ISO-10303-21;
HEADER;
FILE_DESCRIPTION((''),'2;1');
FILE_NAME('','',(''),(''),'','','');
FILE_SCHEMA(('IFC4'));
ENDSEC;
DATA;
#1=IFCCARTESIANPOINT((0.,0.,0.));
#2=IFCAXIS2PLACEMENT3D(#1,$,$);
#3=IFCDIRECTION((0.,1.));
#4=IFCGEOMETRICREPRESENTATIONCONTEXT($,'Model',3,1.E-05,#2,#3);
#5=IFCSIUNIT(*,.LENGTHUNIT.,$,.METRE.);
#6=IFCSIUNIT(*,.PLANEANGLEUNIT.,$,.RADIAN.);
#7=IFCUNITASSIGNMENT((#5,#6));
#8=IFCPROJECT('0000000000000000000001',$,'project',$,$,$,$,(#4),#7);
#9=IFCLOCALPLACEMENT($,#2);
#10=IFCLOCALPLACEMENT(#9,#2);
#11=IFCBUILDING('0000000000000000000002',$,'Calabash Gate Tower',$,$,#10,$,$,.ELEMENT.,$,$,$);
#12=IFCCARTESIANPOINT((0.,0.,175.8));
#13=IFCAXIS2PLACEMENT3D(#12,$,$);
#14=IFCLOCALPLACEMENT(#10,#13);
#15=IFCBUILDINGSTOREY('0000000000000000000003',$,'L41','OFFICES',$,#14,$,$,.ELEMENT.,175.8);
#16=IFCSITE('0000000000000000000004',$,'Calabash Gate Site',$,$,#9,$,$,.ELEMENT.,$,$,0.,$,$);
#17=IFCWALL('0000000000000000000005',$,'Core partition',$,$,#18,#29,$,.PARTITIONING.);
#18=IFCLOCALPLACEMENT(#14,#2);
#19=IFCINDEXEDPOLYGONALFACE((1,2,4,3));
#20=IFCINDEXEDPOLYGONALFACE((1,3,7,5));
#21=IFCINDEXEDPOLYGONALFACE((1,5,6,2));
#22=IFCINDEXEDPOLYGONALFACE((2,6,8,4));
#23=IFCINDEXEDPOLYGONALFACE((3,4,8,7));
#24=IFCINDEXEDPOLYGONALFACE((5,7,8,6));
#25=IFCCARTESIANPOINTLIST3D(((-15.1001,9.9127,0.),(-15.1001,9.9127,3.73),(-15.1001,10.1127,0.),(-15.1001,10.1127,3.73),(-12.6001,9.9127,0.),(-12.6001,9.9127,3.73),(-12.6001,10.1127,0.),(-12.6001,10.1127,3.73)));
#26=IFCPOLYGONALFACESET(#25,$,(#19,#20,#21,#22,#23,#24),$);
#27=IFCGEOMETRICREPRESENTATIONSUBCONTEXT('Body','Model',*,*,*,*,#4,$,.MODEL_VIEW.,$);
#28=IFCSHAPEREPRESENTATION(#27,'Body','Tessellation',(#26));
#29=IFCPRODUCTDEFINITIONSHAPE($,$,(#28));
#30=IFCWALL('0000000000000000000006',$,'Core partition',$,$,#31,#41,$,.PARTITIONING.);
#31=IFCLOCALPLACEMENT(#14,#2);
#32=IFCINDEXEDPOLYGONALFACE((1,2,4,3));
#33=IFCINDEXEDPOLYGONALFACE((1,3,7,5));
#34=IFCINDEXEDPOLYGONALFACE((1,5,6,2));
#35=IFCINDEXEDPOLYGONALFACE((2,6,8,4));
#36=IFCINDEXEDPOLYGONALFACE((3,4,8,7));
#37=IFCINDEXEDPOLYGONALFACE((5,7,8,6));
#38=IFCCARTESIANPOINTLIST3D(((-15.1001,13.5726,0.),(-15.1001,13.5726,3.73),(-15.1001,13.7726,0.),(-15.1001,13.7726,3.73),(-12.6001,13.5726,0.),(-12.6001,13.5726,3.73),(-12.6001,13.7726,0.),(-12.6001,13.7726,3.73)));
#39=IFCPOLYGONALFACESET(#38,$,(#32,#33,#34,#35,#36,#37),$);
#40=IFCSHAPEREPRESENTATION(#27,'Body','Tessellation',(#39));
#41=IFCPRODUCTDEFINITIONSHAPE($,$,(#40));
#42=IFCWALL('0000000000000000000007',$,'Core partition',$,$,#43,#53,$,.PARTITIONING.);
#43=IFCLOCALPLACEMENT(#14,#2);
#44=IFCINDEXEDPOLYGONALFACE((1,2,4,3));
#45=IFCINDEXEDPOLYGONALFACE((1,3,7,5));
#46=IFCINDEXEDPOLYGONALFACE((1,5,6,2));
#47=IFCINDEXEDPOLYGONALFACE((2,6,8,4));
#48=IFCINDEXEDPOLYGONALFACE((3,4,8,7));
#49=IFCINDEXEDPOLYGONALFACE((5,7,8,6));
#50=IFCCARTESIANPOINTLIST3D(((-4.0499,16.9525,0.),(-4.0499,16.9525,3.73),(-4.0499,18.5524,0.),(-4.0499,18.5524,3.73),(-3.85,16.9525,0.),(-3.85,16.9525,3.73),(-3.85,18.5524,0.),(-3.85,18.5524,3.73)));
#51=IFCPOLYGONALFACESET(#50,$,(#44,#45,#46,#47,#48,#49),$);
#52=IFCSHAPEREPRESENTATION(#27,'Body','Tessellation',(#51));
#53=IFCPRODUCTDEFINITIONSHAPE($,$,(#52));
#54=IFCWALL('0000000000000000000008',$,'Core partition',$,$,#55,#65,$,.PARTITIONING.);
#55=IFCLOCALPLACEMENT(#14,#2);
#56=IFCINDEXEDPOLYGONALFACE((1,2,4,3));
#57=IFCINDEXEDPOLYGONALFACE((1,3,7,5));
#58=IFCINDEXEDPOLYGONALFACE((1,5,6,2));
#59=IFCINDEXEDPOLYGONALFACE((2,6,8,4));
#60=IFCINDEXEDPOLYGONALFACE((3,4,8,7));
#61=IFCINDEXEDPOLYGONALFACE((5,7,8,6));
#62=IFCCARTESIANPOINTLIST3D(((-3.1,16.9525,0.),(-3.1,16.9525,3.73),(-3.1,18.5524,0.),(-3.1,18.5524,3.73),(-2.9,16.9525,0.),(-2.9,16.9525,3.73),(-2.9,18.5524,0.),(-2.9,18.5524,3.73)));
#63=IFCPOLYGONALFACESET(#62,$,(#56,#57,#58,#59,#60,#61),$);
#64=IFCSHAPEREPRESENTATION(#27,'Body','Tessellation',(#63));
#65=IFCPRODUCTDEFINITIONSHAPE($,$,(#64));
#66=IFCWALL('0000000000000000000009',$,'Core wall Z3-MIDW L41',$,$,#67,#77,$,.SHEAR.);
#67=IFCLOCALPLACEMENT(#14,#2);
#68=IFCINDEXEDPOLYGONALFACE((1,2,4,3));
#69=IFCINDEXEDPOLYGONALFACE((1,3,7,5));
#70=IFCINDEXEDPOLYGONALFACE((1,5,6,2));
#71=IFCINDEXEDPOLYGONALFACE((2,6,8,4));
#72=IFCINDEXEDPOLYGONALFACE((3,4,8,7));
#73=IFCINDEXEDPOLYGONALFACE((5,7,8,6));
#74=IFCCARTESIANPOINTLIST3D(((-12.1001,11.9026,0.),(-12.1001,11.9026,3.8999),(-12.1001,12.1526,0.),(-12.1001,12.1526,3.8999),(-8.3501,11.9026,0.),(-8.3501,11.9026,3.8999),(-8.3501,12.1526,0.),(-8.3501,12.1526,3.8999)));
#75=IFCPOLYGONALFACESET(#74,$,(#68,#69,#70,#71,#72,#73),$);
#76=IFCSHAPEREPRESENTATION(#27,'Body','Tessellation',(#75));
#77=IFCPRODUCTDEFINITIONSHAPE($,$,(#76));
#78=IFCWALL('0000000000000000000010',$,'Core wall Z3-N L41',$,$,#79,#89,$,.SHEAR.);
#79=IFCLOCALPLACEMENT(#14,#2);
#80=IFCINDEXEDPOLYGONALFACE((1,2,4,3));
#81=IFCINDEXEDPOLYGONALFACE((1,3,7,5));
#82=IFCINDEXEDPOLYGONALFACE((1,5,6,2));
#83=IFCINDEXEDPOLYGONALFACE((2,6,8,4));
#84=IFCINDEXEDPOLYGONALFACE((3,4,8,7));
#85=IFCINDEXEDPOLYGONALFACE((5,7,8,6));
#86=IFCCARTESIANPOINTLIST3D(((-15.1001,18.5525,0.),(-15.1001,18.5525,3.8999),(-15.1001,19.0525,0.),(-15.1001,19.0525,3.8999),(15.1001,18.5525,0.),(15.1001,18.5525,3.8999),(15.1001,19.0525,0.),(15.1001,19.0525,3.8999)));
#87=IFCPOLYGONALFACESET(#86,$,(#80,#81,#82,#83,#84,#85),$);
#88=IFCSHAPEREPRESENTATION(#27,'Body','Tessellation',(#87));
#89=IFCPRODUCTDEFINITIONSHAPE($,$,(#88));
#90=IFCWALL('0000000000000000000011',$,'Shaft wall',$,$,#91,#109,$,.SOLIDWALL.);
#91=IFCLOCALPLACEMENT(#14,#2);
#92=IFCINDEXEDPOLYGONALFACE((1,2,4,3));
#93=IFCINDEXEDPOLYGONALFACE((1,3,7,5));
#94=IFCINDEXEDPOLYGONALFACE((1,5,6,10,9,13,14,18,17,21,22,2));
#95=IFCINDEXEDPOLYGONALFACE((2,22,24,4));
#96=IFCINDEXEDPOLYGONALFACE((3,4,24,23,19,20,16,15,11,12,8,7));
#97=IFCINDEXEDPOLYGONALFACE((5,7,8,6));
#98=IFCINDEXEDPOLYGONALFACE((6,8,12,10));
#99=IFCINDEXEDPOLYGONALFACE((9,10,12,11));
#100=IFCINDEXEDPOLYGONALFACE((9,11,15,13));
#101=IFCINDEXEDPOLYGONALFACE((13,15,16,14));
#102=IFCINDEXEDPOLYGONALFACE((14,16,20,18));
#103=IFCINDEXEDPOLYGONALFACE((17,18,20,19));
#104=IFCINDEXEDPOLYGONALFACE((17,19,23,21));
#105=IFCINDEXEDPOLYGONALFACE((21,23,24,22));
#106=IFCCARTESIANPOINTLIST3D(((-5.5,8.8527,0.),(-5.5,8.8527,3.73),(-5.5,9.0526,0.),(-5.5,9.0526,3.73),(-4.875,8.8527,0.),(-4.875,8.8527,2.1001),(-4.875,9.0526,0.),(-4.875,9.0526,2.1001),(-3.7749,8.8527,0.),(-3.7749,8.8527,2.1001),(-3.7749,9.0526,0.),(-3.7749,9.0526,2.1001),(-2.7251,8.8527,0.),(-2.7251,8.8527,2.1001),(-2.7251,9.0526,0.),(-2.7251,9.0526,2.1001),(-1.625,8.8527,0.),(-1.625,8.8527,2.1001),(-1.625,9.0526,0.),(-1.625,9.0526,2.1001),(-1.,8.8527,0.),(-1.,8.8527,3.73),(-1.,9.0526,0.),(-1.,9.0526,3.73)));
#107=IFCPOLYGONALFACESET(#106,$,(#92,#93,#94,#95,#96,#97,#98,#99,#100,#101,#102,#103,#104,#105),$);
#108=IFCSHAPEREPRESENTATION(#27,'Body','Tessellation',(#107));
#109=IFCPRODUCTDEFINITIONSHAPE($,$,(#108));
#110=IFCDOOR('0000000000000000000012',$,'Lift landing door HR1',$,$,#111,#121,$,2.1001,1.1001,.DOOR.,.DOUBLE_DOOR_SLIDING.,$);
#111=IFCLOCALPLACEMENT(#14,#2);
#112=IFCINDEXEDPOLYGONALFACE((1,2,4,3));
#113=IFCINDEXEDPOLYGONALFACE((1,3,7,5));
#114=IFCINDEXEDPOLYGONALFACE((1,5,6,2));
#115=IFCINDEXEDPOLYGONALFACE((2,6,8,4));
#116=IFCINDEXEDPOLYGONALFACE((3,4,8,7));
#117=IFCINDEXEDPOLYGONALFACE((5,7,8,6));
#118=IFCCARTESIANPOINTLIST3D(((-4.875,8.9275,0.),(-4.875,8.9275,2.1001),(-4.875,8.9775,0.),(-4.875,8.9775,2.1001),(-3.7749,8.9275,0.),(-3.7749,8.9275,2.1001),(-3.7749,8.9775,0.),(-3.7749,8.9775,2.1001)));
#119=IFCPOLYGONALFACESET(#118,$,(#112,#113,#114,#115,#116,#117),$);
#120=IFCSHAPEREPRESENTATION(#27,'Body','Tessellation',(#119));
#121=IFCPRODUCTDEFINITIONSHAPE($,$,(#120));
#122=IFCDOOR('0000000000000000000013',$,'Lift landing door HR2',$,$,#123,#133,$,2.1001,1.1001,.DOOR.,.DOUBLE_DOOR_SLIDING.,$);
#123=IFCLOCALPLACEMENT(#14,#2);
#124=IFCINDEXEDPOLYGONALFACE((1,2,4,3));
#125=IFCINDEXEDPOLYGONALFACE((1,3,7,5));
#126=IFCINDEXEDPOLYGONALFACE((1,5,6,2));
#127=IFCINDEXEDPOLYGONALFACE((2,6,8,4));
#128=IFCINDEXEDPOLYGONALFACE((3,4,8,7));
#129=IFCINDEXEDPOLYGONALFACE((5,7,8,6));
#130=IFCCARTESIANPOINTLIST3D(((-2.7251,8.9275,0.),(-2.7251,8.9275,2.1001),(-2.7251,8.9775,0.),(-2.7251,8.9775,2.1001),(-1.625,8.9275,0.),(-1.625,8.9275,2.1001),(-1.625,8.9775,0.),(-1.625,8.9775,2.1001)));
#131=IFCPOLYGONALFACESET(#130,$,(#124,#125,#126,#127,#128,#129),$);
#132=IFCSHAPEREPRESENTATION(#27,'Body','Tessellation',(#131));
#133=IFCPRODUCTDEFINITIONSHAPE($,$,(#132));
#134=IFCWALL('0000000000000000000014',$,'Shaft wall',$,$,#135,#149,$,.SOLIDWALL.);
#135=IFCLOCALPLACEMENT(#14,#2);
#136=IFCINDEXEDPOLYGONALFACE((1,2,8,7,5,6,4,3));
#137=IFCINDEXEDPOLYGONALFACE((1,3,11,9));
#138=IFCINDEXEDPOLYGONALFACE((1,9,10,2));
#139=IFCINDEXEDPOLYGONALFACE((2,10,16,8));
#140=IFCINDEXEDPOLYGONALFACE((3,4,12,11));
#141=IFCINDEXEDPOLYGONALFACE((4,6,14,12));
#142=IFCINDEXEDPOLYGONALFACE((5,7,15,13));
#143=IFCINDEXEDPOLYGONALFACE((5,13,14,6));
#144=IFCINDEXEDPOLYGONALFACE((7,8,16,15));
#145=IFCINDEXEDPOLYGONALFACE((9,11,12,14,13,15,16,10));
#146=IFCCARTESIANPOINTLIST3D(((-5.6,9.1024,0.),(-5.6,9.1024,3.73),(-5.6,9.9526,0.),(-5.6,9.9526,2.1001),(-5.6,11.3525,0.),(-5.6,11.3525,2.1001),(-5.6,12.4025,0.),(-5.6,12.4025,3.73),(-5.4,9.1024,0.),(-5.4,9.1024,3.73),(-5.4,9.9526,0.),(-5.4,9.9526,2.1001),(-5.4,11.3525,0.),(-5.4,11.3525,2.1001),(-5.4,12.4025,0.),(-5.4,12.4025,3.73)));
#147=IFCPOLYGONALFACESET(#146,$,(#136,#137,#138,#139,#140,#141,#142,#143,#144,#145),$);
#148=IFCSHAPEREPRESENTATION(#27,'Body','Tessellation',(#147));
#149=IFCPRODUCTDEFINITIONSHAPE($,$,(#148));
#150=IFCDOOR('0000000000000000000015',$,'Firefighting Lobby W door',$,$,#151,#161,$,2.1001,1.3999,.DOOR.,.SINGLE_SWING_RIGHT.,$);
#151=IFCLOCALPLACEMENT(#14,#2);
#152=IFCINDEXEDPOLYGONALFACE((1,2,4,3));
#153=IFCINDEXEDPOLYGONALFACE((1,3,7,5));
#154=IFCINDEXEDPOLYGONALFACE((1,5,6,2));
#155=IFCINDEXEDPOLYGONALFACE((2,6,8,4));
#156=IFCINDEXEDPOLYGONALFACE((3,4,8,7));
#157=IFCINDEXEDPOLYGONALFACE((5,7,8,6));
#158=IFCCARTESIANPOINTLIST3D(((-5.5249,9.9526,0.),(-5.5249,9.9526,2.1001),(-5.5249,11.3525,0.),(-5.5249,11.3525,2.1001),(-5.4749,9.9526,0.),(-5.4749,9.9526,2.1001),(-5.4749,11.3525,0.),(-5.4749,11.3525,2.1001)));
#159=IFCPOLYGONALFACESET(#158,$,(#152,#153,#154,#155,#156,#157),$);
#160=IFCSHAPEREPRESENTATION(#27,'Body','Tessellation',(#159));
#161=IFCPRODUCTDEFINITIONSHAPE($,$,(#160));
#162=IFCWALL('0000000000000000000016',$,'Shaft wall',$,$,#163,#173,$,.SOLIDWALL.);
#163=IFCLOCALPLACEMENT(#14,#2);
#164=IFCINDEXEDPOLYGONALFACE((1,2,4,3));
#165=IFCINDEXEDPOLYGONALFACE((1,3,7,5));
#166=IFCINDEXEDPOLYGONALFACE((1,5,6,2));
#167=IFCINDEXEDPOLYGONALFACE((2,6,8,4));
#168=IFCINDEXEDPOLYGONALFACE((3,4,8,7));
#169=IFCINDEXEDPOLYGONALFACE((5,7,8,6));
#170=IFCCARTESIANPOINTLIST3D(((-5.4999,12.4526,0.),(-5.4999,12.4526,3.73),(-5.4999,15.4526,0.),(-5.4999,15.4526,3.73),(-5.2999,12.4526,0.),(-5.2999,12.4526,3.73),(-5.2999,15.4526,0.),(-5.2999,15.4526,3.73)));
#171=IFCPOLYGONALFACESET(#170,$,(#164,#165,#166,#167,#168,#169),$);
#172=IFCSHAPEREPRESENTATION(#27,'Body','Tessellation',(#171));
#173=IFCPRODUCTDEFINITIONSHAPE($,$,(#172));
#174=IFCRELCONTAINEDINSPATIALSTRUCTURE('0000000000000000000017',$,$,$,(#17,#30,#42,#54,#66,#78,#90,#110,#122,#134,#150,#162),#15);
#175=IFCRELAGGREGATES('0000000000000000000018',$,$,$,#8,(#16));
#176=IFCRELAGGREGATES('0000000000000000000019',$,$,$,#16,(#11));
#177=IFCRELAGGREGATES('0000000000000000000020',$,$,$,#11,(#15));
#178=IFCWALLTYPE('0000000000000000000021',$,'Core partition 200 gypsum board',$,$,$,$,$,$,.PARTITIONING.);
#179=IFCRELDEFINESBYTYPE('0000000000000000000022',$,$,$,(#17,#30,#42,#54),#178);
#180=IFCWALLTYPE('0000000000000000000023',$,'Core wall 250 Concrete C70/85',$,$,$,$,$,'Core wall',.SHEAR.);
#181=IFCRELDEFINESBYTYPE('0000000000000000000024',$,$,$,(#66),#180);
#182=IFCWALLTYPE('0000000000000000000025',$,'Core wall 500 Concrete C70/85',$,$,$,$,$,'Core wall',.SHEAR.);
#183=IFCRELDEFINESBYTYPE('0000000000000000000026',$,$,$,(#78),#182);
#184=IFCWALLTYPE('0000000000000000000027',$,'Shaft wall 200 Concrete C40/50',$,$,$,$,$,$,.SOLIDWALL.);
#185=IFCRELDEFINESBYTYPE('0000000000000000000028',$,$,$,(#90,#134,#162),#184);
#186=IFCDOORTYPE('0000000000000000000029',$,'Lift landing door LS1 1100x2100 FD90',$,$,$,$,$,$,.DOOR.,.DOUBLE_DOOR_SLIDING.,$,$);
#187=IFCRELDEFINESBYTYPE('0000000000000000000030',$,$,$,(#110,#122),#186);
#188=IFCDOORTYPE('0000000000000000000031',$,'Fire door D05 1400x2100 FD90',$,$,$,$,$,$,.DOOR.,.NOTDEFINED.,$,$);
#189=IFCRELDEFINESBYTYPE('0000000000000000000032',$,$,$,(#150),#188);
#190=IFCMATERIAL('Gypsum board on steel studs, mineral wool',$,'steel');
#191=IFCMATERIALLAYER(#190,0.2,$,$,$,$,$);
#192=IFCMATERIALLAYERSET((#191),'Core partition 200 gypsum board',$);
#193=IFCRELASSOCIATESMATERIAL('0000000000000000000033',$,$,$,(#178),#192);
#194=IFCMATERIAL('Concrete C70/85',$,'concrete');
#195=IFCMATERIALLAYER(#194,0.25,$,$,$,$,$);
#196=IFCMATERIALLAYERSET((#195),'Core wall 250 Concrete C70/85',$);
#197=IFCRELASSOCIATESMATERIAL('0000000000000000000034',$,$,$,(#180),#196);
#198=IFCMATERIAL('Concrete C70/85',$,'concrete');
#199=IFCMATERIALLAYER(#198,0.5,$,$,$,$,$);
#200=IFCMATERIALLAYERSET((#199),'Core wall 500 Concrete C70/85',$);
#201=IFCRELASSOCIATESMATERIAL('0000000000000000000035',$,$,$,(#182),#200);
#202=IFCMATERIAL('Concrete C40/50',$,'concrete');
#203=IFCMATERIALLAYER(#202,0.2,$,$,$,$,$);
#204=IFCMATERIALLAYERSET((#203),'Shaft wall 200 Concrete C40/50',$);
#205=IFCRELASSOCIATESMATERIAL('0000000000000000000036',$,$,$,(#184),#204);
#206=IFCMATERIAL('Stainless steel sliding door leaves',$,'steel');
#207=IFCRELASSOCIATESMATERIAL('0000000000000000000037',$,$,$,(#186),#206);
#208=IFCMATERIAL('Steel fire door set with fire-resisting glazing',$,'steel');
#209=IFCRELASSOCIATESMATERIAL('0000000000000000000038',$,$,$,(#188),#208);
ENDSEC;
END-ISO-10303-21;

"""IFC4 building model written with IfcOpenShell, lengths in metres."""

from ifc_helpers import new_model, si_unit, direction, frame, frame_2d, origin, place, context, subcontext, project, spatial, rectangle, extrude, material, layer, layer_set, type_object, element, fill, save


model = new_model("IFC4")

# Units and contexts
model_context = context("Model", 3, precision=1e-05, world=origin(), true_north=direction((0.0, 1.0)))
body_context = subcontext(model_context, "Body", "Model", "MODEL_VIEW")
ifc_project = project(units=[si_unit("LENGTHUNIT", "METRE"), si_unit("PLANEANGLEUNIT", "RADIAN")], contexts=[model_context])

# Site, building, storey
site_placement = place(None, origin())
site = spatial("IfcSite", under=ifc_project, at=site_placement, Name="Calabash Gate Site", CompositionType="ELEMENT", RefElevation=0.0)
building_placement = place(site_placement, origin())
building = spatial("IfcBuilding", under=site, at=building_placement, Name="Calabash Gate Tower", CompositionType="ELEMENT")
storey_placement = place(building_placement, frame((0.0, 0.0, 175.8)))
storey = spatial("IfcBuildingStorey", under=building, at=storey_placement, Name="L41", Description="OFFICES", CompositionType="ELEMENT", Elevation=175.8)

# Walls
ifc_material_1 = material(Name="Gypsum board on steel studs, mineral wool", Category="steel")
ifc_layer_1 = layer(ifc_material_1, 0.2)
ifc_layer_set_1 = layer_set([ifc_layer_1], Name="Core partition 200 gypsum board")
wall_type_1 = type_object("IfcWallType", Name="Core partition 200 gypsum board", PredefinedType="PARTITIONING", material=ifc_layer_set_1)
for number, where, z_axis, x_axis, name in (
    (1, (-15.1001, 10.0127, 0.0), (0.0, 0.0, 1.0), (1.0, 0.0, 0.0), "Core partition"),
    (2, (-15.1001, 13.6726, 0.0), (0.0, 0.0, 1.0), (1.0, 0.0, 0.0), "Core partition"),
):
    element("IfcWall", number, at=place(storey_placement, frame(where, z_axis=z_axis, x_axis=x_axis)), inside=storey, type_object=wall_type_1, Name=name, PredefinedType="PARTITIONING", context=body_context, shape_type="SweptSolid", body=[
        extrude(rectangle(XDim=2.5, YDim=0.2, at=frame_2d((1.25, 0.0))), origin(), (0.0, 0.0, 1.0), 3.73),
    ])
for number, where, z_axis, x_axis, name in (
    (3, (-3.95, 16.9526, 0.0), (0.0, 0.0, 1.0), (0.0, 1.0, 0.0), "Core partition"),
    (4, (-3.0, 16.9526, 0.0), (0.0, 0.0, 1.0), (0.0, 1.0, 0.0), "Core partition"),
):
    element("IfcWall", number, at=place(storey_placement, frame(where, z_axis=z_axis, x_axis=x_axis)), inside=storey, type_object=wall_type_1, Name=name, PredefinedType="PARTITIONING", context=body_context, shape_type="SweptSolid", body=[
        extrude(rectangle(XDim=1.5999, YDim=0.2, at=frame_2d((0.7998, 0.0))), origin(), (0.0, 0.0, 1.0), 3.73),
    ])
ifc_material_2 = material(Name="Concrete C70/85", Category="concrete")
ifc_layer_2 = layer(ifc_material_2, 0.25)
ifc_layer_set_2 = layer_set([ifc_layer_2], Name="Core wall 250 Concrete C70/85")
wall_type_2 = type_object("IfcWallType", Name="Core wall 250 Concrete C70/85", ElementType="Core wall", PredefinedType="SHEAR", material=ifc_layer_set_2)
wall_1_placement = place(storey_placement, frame((-12.1001, 12.0276, 0.0), z_axis=(0.0, 0.0, 1.0), x_axis=(1.0, 0.0, 0.0)))
element("IfcWall", 5, at=wall_1_placement, inside=storey, type_object=wall_type_2, Name="Core wall Z3-MIDW L41", PredefinedType="SHEAR", context=body_context, shape_type="SweptSolid", body=[
    extrude(rectangle(XDim=3.75, YDim=0.25, at=frame_2d((1.875, 0.0))), origin(), (0.0, 0.0, 1.0), 3.8999),
])
ifc_material_3 = material(Name="Concrete C70/85", Category="concrete")
ifc_layer_3 = layer(ifc_material_3, 0.5)
ifc_layer_set_3 = layer_set([ifc_layer_3], Name="Core wall 500 Concrete C70/85")
wall_type_3 = type_object("IfcWallType", Name="Core wall 500 Concrete C70/85", ElementType="Core wall", PredefinedType="SHEAR", material=ifc_layer_set_3)
wall_2_placement = place(storey_placement, frame((-15.1001, 18.8025, 0.0), z_axis=(0.0, 0.0, 1.0), x_axis=(1.0, 0.0, 0.0)))
element("IfcWall", 6, at=wall_2_placement, inside=storey, type_object=wall_type_3, Name="Core wall Z3-N L41", PredefinedType="SHEAR", context=body_context, shape_type="SweptSolid", body=[
    extrude(rectangle(XDim=30.2002, YDim=0.5, at=frame_2d((15.1001, 0.0))), origin(), (0.0, 0.0, 1.0), 3.8999),
])

# Wall, openings, doors
ifc_material_4 = material(Name="Concrete C40/50", Category="concrete")
ifc_layer_4 = layer(ifc_material_4, 0.2)
ifc_layer_set_4 = layer_set([ifc_layer_4], Name="Shaft wall 200 Concrete C40/50")
wall_type_4 = type_object("IfcWallType", Name="Shaft wall 200 Concrete C40/50", PredefinedType="SOLIDWALL", material=ifc_layer_set_4)
wall_3_placement = place(storey_placement, frame((-5.5, 8.9526, 0.0), z_axis=(0.0, 0.0, 1.0), x_axis=(1.0, 0.0, 0.0)))
wall_3 = element("IfcWall", 7, at=wall_3_placement, inside=storey, type_object=wall_type_4, Name="Shaft wall", PredefinedType="SOLIDWALL", context=body_context, shape_type="SweptSolid", body=[
    extrude(rectangle(XDim=4.5, YDim=0.2, at=frame_2d((2.25, 0.0))), origin(), (0.0, 0.0, 1.0), 3.73),
])
opening_1_placement = place(wall_3_placement, frame((0.625, 0.0, 0.0)))
opening_1 = element("IfcOpeningElement", 8, at=opening_1_placement, cuts=wall_3, PredefinedType="OPENING", context=body_context, shape_type="SweptSolid", body=[
    extrude(rectangle(XDim=1.1001, YDim=2.1001, at=frame_2d((0.55, 1.05))), frame((0.0, 0.1099, 0.0), z_axis=(0.0, -1.0, 0.0), x_axis=(1.0, 0.0, 0.0)), (0.0, 0.0, 1.0), 0.22),
])
opening_2_placement = place(wall_3_placement, frame((2.7749, 0.0, 0.0)))
opening_2 = element("IfcOpeningElement", 9, at=opening_2_placement, cuts=wall_3, PredefinedType="OPENING", context=body_context, shape_type="SweptSolid", body=[
    extrude(rectangle(XDim=1.1001, YDim=2.1001, at=frame_2d((0.55, 1.05))), frame((0.0, 0.1099, 0.0), z_axis=(0.0, -1.0, 0.0), x_axis=(1.0, 0.0, 0.0)), (0.0, 0.0, 1.0), 0.22),
])
ifc_material_5 = material(Name="Stainless steel sliding door leaves", Category="steel")
door_type_1 = type_object("IfcDoorType", Name="Lift landing door LS1 1100x2100 FD90", OperationType="DOUBLE_DOOR_SLIDING", PredefinedType="DOOR", material=ifc_material_5)
door_1_placement = place(opening_1_placement, origin())
door_1 = element("IfcDoor", 10, at=door_1_placement, inside=storey, type_object=door_type_1, Name="Lift landing door HR1", OperationType="DOUBLE_DOOR_SLIDING", OverallHeight=2.1001, OverallWidth=1.1001, PredefinedType="DOOR", context=body_context, shape_type="SweptSolid", body=[
    extrude(rectangle(XDim=1.1001, YDim=2.1001, at=frame_2d((0.55, 1.05))), frame((0.0, 0.0249, 0.0), z_axis=(0.0, -1.0, 0.0), x_axis=(1.0, 0.0, 0.0)), (0.0, 0.0, 1.0), 0.05),
])
fill(opening_1, door_1)
door_2_placement = place(opening_2_placement, origin())
door_2 = element("IfcDoor", 11, at=door_2_placement, inside=storey, type_object=door_type_1, Name="Lift landing door HR2", OperationType="DOUBLE_DOOR_SLIDING", OverallHeight=2.1001, OverallWidth=1.1001, PredefinedType="DOOR", context=body_context, shape_type="SweptSolid", body=[
    extrude(rectangle(XDim=1.1001, YDim=2.1001, at=frame_2d((0.55, 1.05))), frame((0.0, 0.0249, 0.0), z_axis=(0.0, -1.0, 0.0), x_axis=(1.0, 0.0, 0.0)), (0.0, 0.0, 1.0), 0.05),
])
fill(opening_2, door_2)

# Wall, opening, door
wall_4_placement = place(storey_placement, frame((-5.5, 9.1025, 0.0), z_axis=(0.0, 0.0, 1.0), x_axis=(0.0, 1.0, 0.0)))
wall_4 = element("IfcWall", 12, at=wall_4_placement, inside=storey, type_object=wall_type_4, Name="Shaft wall", PredefinedType="SOLIDWALL", context=body_context, shape_type="SweptSolid", body=[
    extrude(rectangle(XDim=3.3, YDim=0.2, at=frame_2d((1.6499, 0.0))), origin(), (0.0, 0.0, 1.0), 3.73),
])
opening_3_placement = place(wall_4_placement, frame((0.8501, 0.0, 0.0)))
opening_3 = element("IfcOpeningElement", 13, at=opening_3_placement, cuts=wall_4, PredefinedType="OPENING", context=body_context, shape_type="SweptSolid", body=[
    extrude(rectangle(XDim=1.3999, YDim=2.1001, at=frame_2d((0.7, 1.05))), frame((0.0, 0.1099, 0.0), z_axis=(0.0, -1.0, 0.0), x_axis=(1.0, 0.0, 0.0)), (0.0, 0.0, 1.0), 0.22),
])
ifc_material_6 = material(Name="Steel fire door set with fire-resisting glazing", Category="steel")
door_type_2 = type_object("IfcDoorType", Name="Fire door D05 1400x2100 FD90", OperationType="NOTDEFINED", PredefinedType="DOOR", material=ifc_material_6)
door_3_placement = place(opening_3_placement, origin())
door_3 = element("IfcDoor", 14, at=door_3_placement, inside=storey, type_object=door_type_2, Name="Firefighting Lobby W door", OperationType="SINGLE_SWING_RIGHT", OverallHeight=2.1001, OverallWidth=1.3999, PredefinedType="DOOR", context=body_context, shape_type="SweptSolid", body=[
    extrude(rectangle(XDim=1.3999, YDim=2.1001, at=frame_2d((0.7, 1.05))), frame((0.0, 0.0249, 0.0), z_axis=(0.0, -1.0, 0.0), x_axis=(1.0, 0.0, 0.0)), (0.0, 0.0, 1.0), 0.05),
])
fill(opening_3, door_3)

# Wall
wall_5_placement = place(storey_placement, frame((-5.3999, 12.4526, 0.0), z_axis=(0.0, 0.0, 1.0), x_axis=(0.0, 1.0, 0.0)))
element("IfcWall", 15, at=wall_5_placement, inside=storey, type_object=wall_type_4, Name="Shaft wall", PredefinedType="SOLIDWALL", context=body_context, shape_type="SweptSolid", body=[
    extrude(rectangle(XDim=3.0, YDim=0.2, at=frame_2d((1.5, 0.0))), origin(), (0.0, 0.0, 1.0), 3.73),
])

save(model, "model.ifc")
